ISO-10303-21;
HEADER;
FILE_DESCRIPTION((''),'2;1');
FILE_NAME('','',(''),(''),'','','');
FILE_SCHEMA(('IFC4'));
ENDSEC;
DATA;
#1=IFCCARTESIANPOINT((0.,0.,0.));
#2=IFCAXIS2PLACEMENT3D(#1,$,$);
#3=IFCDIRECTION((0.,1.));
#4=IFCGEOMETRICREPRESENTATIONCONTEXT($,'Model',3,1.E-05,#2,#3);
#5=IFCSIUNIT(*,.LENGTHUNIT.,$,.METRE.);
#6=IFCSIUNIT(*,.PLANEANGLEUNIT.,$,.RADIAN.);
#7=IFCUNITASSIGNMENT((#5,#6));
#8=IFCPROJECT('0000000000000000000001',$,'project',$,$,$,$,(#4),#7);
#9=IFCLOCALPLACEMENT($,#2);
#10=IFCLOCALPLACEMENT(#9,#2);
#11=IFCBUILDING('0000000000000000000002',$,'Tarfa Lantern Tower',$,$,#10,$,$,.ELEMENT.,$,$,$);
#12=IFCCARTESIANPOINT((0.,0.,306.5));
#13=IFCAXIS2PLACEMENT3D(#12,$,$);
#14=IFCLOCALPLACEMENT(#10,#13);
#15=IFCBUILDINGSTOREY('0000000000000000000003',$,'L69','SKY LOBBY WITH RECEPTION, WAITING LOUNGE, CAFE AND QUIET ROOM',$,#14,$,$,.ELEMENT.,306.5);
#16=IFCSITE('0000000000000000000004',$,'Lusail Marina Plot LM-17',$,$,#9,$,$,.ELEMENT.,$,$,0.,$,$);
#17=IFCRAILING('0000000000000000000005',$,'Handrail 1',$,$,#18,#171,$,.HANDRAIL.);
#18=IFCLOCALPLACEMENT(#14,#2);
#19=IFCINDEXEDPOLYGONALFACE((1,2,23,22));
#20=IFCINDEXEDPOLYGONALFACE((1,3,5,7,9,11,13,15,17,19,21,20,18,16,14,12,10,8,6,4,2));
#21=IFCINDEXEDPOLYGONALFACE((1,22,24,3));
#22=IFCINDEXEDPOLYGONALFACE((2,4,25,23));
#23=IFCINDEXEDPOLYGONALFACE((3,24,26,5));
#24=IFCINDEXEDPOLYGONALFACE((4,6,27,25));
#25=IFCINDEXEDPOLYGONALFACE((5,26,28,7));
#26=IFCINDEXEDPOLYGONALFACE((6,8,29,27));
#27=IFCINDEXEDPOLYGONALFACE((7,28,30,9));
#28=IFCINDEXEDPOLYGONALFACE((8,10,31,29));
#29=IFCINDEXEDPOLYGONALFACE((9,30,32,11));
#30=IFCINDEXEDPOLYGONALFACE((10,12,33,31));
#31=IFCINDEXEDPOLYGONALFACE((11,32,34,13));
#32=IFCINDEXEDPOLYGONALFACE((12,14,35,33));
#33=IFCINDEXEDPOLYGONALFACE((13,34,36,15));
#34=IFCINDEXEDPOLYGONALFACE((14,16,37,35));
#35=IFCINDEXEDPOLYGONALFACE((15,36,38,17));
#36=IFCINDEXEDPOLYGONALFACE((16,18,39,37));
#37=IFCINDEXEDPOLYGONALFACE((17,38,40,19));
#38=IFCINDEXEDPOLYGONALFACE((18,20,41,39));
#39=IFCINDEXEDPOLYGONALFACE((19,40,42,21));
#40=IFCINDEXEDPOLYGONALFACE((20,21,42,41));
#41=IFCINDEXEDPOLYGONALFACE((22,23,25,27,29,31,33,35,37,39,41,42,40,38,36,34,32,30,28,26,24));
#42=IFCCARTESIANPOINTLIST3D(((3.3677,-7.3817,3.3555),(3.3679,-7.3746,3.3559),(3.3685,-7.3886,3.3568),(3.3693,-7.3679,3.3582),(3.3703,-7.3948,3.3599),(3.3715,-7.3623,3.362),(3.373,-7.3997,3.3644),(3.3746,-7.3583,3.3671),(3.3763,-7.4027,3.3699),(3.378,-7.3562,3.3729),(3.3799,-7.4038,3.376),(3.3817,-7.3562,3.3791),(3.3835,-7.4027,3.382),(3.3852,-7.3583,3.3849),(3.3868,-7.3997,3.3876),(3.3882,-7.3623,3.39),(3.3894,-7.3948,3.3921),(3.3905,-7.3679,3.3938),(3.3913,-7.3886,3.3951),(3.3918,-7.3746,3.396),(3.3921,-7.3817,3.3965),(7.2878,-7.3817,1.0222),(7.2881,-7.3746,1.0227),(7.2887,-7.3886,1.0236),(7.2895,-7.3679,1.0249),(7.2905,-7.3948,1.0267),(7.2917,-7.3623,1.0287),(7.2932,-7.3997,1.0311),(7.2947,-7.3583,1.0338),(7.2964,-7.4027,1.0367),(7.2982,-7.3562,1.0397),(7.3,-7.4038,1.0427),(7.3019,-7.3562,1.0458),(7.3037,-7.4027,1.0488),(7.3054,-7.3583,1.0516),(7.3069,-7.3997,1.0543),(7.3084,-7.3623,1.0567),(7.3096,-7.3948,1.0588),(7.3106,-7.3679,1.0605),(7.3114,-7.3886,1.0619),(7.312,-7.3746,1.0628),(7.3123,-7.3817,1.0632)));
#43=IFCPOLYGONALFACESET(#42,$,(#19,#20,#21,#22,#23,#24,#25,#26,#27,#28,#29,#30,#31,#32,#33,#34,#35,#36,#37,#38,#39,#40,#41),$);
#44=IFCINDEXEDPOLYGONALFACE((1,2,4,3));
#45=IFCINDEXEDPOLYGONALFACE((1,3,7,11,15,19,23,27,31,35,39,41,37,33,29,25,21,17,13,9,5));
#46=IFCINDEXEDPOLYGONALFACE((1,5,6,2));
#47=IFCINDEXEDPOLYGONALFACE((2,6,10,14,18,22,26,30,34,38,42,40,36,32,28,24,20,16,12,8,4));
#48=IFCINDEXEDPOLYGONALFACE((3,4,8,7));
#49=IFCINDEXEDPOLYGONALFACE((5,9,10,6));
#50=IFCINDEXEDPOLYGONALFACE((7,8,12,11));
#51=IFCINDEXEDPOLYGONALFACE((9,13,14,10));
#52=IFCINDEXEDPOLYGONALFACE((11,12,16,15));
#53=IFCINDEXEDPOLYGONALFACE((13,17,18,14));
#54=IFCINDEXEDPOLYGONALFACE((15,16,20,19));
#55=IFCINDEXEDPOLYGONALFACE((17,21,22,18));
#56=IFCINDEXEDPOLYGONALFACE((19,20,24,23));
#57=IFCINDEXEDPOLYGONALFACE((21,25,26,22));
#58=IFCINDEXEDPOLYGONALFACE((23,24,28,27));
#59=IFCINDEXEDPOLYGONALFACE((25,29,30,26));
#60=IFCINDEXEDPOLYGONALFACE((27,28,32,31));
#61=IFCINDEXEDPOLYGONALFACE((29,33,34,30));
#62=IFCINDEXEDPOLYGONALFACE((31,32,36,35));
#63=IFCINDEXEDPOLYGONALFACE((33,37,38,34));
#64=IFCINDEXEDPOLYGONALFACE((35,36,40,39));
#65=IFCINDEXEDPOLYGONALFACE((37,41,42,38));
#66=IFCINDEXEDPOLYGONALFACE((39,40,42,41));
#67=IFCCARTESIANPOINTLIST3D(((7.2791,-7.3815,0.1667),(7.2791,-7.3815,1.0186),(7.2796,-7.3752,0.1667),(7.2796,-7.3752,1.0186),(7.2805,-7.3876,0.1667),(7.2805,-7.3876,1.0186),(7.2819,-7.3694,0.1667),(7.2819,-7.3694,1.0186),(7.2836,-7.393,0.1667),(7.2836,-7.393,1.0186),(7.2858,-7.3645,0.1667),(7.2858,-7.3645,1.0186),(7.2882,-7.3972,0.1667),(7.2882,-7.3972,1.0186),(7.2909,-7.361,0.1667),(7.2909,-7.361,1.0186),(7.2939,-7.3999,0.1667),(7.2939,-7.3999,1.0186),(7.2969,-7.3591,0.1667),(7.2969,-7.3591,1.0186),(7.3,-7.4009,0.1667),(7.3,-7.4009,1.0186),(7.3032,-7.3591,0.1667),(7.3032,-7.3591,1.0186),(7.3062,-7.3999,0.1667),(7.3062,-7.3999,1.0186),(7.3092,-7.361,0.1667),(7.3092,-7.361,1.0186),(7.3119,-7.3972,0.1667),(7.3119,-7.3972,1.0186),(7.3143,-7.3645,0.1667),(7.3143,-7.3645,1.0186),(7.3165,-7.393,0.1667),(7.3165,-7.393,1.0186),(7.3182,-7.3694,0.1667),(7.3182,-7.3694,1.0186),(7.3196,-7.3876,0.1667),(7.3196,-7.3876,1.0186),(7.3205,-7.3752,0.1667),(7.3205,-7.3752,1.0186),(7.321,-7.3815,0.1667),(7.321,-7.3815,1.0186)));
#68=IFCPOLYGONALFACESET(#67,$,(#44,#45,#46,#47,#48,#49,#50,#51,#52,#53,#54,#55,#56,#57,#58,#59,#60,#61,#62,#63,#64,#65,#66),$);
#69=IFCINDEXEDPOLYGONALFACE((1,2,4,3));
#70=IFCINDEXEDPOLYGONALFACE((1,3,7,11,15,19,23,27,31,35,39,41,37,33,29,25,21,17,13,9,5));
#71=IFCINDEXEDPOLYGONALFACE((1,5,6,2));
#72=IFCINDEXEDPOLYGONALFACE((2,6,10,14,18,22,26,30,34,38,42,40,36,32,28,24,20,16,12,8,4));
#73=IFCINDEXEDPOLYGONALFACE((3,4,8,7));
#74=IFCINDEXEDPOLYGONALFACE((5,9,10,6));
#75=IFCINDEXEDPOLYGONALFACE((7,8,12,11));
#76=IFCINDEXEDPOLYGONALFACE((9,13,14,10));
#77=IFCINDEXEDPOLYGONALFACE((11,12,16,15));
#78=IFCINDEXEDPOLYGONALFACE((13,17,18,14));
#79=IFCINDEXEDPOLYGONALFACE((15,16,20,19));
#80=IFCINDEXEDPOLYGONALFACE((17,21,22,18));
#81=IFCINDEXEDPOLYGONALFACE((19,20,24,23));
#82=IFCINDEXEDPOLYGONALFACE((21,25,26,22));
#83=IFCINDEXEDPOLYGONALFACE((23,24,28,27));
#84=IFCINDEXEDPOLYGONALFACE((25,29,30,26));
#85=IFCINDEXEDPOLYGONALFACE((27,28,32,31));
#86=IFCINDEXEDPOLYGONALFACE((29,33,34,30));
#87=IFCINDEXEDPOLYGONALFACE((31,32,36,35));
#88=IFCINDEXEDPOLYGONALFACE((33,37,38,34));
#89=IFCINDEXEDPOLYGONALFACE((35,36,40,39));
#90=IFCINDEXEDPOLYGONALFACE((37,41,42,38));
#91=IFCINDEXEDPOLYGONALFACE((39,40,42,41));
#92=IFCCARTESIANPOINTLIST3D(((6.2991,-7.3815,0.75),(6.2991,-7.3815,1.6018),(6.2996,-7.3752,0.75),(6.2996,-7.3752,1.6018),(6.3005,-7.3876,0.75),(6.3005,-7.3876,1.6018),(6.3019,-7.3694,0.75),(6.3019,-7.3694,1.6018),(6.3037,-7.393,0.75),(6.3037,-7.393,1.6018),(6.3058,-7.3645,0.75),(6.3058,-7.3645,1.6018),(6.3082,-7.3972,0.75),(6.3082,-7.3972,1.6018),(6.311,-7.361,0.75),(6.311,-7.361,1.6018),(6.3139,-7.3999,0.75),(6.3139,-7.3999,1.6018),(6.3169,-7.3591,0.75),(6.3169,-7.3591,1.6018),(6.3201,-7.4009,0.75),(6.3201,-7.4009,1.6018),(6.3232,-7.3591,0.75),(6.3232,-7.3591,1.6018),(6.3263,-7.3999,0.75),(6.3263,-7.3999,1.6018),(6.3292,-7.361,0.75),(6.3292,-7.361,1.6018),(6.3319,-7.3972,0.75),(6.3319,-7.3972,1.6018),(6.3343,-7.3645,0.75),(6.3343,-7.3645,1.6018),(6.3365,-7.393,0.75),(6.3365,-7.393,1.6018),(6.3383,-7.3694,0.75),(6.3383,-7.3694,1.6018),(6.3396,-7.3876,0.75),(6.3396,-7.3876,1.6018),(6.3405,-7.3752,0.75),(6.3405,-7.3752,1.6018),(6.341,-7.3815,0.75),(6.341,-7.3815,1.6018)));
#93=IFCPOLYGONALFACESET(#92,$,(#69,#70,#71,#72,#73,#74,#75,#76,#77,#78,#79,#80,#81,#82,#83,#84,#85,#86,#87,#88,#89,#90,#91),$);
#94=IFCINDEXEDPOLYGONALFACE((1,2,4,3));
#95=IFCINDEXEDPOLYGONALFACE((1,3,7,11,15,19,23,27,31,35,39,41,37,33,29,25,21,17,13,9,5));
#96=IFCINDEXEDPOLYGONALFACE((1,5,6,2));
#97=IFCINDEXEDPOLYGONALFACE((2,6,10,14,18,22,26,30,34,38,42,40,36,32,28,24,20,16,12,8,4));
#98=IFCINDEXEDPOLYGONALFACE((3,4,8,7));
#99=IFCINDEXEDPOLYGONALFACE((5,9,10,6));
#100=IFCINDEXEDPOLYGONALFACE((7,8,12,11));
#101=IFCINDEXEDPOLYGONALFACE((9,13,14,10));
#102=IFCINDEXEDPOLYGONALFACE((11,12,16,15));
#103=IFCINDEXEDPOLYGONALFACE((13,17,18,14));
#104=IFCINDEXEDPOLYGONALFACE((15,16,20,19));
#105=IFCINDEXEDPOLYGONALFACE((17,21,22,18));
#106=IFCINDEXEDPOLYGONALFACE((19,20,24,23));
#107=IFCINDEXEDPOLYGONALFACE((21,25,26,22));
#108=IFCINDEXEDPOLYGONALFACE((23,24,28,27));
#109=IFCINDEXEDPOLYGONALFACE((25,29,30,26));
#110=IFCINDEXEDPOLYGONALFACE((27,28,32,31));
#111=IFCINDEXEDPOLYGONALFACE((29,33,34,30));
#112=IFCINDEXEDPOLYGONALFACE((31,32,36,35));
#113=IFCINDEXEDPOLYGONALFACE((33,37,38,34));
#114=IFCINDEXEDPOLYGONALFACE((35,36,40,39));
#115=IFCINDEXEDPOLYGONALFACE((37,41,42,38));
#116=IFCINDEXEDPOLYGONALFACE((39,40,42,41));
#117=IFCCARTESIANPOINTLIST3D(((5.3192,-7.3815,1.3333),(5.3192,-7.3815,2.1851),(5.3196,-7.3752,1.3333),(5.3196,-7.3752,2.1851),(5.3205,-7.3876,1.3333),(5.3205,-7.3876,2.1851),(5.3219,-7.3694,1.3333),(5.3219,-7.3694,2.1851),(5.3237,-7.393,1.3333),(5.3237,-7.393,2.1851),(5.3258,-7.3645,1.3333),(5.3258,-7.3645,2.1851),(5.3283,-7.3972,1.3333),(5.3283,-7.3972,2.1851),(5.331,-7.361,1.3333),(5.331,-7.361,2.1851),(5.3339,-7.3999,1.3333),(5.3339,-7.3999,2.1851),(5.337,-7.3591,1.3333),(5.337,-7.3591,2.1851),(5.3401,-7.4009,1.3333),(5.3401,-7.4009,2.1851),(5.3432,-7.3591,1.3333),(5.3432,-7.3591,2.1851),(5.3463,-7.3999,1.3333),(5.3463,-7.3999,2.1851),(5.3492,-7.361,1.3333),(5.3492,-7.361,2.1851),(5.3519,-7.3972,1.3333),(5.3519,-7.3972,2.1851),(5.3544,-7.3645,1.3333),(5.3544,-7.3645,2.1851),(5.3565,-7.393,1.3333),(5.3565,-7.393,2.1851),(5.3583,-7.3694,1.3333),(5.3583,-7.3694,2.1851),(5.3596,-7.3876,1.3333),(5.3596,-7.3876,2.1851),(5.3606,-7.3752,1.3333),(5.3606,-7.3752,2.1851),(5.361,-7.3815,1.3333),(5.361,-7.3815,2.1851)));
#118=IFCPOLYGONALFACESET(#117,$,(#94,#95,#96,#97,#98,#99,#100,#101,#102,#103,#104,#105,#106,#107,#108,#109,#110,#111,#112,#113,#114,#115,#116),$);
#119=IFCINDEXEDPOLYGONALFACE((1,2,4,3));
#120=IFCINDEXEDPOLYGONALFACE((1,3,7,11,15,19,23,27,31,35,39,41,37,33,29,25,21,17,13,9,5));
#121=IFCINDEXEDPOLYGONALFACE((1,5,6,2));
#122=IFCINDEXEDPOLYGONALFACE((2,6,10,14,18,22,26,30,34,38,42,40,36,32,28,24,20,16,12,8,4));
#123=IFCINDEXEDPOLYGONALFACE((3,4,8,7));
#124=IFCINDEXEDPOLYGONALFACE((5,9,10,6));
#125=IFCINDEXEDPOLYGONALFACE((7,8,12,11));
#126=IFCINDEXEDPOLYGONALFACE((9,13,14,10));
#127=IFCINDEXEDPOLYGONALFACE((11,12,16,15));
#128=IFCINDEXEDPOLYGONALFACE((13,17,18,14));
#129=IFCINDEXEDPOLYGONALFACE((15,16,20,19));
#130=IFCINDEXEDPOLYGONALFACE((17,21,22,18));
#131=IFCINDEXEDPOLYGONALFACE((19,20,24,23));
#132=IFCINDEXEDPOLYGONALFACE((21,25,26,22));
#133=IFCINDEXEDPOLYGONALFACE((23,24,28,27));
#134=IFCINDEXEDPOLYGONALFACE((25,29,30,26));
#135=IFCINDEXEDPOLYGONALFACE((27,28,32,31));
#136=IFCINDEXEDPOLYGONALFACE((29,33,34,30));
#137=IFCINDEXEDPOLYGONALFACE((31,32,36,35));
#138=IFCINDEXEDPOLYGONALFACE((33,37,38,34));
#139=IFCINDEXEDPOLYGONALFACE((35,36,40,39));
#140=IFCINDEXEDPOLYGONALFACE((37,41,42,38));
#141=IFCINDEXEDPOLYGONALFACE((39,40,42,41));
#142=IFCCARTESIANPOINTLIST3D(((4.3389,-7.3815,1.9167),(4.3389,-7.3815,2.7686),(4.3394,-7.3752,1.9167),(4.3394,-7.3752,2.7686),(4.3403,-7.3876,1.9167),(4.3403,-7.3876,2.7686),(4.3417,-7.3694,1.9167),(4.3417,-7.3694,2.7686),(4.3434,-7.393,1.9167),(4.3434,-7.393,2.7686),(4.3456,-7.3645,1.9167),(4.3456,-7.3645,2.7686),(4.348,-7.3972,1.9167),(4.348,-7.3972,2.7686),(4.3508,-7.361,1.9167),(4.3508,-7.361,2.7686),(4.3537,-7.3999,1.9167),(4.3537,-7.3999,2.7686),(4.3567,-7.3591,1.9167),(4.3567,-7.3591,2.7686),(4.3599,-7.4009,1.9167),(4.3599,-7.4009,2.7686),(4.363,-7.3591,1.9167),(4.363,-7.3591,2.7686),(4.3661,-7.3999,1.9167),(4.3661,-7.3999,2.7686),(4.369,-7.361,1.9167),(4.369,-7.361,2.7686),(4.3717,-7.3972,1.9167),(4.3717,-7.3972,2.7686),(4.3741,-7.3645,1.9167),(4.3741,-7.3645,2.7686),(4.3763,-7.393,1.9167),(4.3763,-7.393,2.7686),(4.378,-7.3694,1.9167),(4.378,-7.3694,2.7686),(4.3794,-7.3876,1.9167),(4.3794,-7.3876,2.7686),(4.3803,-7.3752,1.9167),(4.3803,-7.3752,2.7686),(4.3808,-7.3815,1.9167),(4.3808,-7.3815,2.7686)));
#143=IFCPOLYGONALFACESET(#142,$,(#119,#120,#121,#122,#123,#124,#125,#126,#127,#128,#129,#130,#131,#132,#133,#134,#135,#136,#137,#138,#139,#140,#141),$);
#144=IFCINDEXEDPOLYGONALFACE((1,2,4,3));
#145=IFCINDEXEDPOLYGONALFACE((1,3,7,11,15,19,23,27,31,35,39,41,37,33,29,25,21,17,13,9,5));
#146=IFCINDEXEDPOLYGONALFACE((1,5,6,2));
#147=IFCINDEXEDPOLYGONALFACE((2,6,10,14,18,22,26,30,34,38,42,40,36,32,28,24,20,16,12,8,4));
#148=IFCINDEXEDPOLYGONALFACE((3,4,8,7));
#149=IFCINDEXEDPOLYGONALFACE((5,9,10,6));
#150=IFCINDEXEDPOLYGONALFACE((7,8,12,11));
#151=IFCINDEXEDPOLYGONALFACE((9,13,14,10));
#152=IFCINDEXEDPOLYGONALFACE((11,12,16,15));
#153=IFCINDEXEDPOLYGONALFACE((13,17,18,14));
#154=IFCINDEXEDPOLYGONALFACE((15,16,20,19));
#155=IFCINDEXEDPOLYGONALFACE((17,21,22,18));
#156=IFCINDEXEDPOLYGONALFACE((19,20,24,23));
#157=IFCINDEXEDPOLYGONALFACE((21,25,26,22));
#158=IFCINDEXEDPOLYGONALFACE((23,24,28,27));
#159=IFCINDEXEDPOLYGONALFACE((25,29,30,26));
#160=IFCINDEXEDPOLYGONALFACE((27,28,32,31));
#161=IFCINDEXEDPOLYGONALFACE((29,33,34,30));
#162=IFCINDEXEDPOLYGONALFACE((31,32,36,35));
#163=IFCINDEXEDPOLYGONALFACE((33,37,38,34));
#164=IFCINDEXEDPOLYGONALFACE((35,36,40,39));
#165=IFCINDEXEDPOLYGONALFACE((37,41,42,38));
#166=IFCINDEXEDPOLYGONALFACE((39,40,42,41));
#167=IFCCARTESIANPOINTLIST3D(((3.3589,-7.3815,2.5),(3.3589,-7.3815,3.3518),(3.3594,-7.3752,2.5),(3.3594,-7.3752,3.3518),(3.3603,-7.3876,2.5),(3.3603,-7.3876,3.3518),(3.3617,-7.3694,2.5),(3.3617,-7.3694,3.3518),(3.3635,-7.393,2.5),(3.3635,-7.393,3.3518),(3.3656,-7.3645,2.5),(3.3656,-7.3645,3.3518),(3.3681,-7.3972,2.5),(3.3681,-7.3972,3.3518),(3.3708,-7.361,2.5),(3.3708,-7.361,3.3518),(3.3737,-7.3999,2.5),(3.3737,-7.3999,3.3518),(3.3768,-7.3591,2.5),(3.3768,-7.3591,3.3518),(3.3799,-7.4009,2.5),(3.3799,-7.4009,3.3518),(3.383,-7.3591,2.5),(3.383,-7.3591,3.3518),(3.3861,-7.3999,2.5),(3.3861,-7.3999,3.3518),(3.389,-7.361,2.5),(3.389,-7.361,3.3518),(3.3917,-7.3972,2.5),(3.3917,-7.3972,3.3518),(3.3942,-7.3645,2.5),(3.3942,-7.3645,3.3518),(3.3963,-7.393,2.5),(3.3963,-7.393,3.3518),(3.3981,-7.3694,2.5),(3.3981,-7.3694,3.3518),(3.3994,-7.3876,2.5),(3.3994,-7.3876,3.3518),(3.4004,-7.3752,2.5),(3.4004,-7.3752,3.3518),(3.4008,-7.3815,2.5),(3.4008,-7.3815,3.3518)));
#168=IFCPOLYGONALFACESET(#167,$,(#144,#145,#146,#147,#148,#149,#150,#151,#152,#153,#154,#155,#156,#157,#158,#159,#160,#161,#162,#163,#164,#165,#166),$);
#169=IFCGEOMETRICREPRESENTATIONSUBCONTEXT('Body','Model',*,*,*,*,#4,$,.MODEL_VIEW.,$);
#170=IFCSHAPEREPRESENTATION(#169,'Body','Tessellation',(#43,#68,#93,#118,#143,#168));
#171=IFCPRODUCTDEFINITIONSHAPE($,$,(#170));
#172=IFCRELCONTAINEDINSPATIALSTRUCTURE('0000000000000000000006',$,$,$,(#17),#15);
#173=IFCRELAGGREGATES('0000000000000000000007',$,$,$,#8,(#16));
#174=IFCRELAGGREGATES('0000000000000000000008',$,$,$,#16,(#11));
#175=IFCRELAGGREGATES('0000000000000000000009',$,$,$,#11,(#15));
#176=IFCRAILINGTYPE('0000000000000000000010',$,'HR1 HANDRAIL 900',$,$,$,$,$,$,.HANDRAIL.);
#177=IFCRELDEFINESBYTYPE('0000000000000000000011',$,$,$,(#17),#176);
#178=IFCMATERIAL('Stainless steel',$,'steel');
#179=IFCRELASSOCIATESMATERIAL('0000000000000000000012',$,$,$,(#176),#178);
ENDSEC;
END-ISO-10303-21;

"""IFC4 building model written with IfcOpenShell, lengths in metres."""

from ifc_helpers import new_model, si_unit, direction, frame, origin, origin_2d, place, context, subcontext, project, spatial, circle, extrude, material, type_object, element, save


model = new_model("IFC4")

# Units and contexts
model_context = context("Model", 3, precision=1e-05, world=origin(), true_north=direction((0.0, 1.0)))
body_context = subcontext(model_context, "Body", "Model", "MODEL_VIEW")
ifc_project = project(units=[si_unit("LENGTHUNIT", "METRE"), si_unit("PLANEANGLEUNIT", "RADIAN")], contexts=[model_context])

# Site, building, storey
site_placement = place(None, origin())
site = spatial("IfcSite", under=ifc_project, at=site_placement, Name="Lusail Marina Plot LM-17", CompositionType="ELEMENT", RefElevation=0.0)
building_placement = place(site_placement, origin())
building = spatial("IfcBuilding", under=site, at=building_placement, Name="Tarfa Lantern Tower", CompositionType="ELEMENT")
storey_placement = place(building_placement, frame((0.0, 0.0, 306.5)))
storey = spatial("IfcBuildingStorey", under=building, at=storey_placement, Name="L69", Description="SKY LOBBY WITH RECEPTION, WAITING LOUNGE, CAFE AND QUIET ROOM", CompositionType="ELEMENT", Elevation=306.5)

# Railing
ifc_material_1 = material(Name="Stainless steel", Category="steel")
railing_type = type_object("IfcRailingType", Name="HR1 HANDRAIL 900", PredefinedType="HANDRAIL", material=ifc_material_1)
railing_1_placement = place(storey_placement, frame((7.3, -7.3799, 0.1667)))
element("IfcRailing", 1, at=railing_1_placement, inside=storey, type_object=railing_type, Name="Handrail 1", PredefinedType="HANDRAIL", context=body_context, shape_type="SweptSolid", body=[
    extrude(circle(Radius=0.0239, at=origin_2d()), frame((0.0, 0.0, 0.876), z_axis=(-0.85931, 0.0, 0.511455), x_axis=(0.0, -1.0, 0.0)), (0.0, 0.0, 1.0), 4.562),
    extrude(circle(Radius=0.021, at=origin_2d()), frame((0.0, 0.0, 0.0), z_axis=(0.0, 0.0, 1.0), x_axis=(0.0, -1.0, 0.0)), (0.0, 0.0, 1.0), 0.8518),
    extrude(circle(Radius=0.021, at=origin_2d()), frame((-0.98, 0.0, 0.5833), z_axis=(0.0, 0.0, 1.0), x_axis=(0.0, -1.0, 0.0)), (0.0, 0.0, 1.0), 0.8518),
    extrude(circle(Radius=0.021, at=origin_2d()), frame((-1.96, 0.0, 1.1665), z_axis=(0.0, 0.0, 1.0), x_axis=(0.0, -1.0, 0.0)), (0.0, 0.0, 1.0), 0.8518),
    extrude(circle(Radius=0.021, at=origin_2d()), frame((-2.9402, 0.0, 1.75), z_axis=(0.0, 0.0, 1.0), x_axis=(0.0, -1.0, 0.0)), (0.0, 0.0, 1.0), 0.8518),
    extrude(circle(Radius=0.021, at=origin_2d()), frame((-3.9202, 0.0, 2.3333), z_axis=(0.0, 0.0, 1.0), x_axis=(0.0, -1.0, 0.0)), (0.0, 0.0, 1.0), 0.8518),
])

save(model, "model.ifc")
